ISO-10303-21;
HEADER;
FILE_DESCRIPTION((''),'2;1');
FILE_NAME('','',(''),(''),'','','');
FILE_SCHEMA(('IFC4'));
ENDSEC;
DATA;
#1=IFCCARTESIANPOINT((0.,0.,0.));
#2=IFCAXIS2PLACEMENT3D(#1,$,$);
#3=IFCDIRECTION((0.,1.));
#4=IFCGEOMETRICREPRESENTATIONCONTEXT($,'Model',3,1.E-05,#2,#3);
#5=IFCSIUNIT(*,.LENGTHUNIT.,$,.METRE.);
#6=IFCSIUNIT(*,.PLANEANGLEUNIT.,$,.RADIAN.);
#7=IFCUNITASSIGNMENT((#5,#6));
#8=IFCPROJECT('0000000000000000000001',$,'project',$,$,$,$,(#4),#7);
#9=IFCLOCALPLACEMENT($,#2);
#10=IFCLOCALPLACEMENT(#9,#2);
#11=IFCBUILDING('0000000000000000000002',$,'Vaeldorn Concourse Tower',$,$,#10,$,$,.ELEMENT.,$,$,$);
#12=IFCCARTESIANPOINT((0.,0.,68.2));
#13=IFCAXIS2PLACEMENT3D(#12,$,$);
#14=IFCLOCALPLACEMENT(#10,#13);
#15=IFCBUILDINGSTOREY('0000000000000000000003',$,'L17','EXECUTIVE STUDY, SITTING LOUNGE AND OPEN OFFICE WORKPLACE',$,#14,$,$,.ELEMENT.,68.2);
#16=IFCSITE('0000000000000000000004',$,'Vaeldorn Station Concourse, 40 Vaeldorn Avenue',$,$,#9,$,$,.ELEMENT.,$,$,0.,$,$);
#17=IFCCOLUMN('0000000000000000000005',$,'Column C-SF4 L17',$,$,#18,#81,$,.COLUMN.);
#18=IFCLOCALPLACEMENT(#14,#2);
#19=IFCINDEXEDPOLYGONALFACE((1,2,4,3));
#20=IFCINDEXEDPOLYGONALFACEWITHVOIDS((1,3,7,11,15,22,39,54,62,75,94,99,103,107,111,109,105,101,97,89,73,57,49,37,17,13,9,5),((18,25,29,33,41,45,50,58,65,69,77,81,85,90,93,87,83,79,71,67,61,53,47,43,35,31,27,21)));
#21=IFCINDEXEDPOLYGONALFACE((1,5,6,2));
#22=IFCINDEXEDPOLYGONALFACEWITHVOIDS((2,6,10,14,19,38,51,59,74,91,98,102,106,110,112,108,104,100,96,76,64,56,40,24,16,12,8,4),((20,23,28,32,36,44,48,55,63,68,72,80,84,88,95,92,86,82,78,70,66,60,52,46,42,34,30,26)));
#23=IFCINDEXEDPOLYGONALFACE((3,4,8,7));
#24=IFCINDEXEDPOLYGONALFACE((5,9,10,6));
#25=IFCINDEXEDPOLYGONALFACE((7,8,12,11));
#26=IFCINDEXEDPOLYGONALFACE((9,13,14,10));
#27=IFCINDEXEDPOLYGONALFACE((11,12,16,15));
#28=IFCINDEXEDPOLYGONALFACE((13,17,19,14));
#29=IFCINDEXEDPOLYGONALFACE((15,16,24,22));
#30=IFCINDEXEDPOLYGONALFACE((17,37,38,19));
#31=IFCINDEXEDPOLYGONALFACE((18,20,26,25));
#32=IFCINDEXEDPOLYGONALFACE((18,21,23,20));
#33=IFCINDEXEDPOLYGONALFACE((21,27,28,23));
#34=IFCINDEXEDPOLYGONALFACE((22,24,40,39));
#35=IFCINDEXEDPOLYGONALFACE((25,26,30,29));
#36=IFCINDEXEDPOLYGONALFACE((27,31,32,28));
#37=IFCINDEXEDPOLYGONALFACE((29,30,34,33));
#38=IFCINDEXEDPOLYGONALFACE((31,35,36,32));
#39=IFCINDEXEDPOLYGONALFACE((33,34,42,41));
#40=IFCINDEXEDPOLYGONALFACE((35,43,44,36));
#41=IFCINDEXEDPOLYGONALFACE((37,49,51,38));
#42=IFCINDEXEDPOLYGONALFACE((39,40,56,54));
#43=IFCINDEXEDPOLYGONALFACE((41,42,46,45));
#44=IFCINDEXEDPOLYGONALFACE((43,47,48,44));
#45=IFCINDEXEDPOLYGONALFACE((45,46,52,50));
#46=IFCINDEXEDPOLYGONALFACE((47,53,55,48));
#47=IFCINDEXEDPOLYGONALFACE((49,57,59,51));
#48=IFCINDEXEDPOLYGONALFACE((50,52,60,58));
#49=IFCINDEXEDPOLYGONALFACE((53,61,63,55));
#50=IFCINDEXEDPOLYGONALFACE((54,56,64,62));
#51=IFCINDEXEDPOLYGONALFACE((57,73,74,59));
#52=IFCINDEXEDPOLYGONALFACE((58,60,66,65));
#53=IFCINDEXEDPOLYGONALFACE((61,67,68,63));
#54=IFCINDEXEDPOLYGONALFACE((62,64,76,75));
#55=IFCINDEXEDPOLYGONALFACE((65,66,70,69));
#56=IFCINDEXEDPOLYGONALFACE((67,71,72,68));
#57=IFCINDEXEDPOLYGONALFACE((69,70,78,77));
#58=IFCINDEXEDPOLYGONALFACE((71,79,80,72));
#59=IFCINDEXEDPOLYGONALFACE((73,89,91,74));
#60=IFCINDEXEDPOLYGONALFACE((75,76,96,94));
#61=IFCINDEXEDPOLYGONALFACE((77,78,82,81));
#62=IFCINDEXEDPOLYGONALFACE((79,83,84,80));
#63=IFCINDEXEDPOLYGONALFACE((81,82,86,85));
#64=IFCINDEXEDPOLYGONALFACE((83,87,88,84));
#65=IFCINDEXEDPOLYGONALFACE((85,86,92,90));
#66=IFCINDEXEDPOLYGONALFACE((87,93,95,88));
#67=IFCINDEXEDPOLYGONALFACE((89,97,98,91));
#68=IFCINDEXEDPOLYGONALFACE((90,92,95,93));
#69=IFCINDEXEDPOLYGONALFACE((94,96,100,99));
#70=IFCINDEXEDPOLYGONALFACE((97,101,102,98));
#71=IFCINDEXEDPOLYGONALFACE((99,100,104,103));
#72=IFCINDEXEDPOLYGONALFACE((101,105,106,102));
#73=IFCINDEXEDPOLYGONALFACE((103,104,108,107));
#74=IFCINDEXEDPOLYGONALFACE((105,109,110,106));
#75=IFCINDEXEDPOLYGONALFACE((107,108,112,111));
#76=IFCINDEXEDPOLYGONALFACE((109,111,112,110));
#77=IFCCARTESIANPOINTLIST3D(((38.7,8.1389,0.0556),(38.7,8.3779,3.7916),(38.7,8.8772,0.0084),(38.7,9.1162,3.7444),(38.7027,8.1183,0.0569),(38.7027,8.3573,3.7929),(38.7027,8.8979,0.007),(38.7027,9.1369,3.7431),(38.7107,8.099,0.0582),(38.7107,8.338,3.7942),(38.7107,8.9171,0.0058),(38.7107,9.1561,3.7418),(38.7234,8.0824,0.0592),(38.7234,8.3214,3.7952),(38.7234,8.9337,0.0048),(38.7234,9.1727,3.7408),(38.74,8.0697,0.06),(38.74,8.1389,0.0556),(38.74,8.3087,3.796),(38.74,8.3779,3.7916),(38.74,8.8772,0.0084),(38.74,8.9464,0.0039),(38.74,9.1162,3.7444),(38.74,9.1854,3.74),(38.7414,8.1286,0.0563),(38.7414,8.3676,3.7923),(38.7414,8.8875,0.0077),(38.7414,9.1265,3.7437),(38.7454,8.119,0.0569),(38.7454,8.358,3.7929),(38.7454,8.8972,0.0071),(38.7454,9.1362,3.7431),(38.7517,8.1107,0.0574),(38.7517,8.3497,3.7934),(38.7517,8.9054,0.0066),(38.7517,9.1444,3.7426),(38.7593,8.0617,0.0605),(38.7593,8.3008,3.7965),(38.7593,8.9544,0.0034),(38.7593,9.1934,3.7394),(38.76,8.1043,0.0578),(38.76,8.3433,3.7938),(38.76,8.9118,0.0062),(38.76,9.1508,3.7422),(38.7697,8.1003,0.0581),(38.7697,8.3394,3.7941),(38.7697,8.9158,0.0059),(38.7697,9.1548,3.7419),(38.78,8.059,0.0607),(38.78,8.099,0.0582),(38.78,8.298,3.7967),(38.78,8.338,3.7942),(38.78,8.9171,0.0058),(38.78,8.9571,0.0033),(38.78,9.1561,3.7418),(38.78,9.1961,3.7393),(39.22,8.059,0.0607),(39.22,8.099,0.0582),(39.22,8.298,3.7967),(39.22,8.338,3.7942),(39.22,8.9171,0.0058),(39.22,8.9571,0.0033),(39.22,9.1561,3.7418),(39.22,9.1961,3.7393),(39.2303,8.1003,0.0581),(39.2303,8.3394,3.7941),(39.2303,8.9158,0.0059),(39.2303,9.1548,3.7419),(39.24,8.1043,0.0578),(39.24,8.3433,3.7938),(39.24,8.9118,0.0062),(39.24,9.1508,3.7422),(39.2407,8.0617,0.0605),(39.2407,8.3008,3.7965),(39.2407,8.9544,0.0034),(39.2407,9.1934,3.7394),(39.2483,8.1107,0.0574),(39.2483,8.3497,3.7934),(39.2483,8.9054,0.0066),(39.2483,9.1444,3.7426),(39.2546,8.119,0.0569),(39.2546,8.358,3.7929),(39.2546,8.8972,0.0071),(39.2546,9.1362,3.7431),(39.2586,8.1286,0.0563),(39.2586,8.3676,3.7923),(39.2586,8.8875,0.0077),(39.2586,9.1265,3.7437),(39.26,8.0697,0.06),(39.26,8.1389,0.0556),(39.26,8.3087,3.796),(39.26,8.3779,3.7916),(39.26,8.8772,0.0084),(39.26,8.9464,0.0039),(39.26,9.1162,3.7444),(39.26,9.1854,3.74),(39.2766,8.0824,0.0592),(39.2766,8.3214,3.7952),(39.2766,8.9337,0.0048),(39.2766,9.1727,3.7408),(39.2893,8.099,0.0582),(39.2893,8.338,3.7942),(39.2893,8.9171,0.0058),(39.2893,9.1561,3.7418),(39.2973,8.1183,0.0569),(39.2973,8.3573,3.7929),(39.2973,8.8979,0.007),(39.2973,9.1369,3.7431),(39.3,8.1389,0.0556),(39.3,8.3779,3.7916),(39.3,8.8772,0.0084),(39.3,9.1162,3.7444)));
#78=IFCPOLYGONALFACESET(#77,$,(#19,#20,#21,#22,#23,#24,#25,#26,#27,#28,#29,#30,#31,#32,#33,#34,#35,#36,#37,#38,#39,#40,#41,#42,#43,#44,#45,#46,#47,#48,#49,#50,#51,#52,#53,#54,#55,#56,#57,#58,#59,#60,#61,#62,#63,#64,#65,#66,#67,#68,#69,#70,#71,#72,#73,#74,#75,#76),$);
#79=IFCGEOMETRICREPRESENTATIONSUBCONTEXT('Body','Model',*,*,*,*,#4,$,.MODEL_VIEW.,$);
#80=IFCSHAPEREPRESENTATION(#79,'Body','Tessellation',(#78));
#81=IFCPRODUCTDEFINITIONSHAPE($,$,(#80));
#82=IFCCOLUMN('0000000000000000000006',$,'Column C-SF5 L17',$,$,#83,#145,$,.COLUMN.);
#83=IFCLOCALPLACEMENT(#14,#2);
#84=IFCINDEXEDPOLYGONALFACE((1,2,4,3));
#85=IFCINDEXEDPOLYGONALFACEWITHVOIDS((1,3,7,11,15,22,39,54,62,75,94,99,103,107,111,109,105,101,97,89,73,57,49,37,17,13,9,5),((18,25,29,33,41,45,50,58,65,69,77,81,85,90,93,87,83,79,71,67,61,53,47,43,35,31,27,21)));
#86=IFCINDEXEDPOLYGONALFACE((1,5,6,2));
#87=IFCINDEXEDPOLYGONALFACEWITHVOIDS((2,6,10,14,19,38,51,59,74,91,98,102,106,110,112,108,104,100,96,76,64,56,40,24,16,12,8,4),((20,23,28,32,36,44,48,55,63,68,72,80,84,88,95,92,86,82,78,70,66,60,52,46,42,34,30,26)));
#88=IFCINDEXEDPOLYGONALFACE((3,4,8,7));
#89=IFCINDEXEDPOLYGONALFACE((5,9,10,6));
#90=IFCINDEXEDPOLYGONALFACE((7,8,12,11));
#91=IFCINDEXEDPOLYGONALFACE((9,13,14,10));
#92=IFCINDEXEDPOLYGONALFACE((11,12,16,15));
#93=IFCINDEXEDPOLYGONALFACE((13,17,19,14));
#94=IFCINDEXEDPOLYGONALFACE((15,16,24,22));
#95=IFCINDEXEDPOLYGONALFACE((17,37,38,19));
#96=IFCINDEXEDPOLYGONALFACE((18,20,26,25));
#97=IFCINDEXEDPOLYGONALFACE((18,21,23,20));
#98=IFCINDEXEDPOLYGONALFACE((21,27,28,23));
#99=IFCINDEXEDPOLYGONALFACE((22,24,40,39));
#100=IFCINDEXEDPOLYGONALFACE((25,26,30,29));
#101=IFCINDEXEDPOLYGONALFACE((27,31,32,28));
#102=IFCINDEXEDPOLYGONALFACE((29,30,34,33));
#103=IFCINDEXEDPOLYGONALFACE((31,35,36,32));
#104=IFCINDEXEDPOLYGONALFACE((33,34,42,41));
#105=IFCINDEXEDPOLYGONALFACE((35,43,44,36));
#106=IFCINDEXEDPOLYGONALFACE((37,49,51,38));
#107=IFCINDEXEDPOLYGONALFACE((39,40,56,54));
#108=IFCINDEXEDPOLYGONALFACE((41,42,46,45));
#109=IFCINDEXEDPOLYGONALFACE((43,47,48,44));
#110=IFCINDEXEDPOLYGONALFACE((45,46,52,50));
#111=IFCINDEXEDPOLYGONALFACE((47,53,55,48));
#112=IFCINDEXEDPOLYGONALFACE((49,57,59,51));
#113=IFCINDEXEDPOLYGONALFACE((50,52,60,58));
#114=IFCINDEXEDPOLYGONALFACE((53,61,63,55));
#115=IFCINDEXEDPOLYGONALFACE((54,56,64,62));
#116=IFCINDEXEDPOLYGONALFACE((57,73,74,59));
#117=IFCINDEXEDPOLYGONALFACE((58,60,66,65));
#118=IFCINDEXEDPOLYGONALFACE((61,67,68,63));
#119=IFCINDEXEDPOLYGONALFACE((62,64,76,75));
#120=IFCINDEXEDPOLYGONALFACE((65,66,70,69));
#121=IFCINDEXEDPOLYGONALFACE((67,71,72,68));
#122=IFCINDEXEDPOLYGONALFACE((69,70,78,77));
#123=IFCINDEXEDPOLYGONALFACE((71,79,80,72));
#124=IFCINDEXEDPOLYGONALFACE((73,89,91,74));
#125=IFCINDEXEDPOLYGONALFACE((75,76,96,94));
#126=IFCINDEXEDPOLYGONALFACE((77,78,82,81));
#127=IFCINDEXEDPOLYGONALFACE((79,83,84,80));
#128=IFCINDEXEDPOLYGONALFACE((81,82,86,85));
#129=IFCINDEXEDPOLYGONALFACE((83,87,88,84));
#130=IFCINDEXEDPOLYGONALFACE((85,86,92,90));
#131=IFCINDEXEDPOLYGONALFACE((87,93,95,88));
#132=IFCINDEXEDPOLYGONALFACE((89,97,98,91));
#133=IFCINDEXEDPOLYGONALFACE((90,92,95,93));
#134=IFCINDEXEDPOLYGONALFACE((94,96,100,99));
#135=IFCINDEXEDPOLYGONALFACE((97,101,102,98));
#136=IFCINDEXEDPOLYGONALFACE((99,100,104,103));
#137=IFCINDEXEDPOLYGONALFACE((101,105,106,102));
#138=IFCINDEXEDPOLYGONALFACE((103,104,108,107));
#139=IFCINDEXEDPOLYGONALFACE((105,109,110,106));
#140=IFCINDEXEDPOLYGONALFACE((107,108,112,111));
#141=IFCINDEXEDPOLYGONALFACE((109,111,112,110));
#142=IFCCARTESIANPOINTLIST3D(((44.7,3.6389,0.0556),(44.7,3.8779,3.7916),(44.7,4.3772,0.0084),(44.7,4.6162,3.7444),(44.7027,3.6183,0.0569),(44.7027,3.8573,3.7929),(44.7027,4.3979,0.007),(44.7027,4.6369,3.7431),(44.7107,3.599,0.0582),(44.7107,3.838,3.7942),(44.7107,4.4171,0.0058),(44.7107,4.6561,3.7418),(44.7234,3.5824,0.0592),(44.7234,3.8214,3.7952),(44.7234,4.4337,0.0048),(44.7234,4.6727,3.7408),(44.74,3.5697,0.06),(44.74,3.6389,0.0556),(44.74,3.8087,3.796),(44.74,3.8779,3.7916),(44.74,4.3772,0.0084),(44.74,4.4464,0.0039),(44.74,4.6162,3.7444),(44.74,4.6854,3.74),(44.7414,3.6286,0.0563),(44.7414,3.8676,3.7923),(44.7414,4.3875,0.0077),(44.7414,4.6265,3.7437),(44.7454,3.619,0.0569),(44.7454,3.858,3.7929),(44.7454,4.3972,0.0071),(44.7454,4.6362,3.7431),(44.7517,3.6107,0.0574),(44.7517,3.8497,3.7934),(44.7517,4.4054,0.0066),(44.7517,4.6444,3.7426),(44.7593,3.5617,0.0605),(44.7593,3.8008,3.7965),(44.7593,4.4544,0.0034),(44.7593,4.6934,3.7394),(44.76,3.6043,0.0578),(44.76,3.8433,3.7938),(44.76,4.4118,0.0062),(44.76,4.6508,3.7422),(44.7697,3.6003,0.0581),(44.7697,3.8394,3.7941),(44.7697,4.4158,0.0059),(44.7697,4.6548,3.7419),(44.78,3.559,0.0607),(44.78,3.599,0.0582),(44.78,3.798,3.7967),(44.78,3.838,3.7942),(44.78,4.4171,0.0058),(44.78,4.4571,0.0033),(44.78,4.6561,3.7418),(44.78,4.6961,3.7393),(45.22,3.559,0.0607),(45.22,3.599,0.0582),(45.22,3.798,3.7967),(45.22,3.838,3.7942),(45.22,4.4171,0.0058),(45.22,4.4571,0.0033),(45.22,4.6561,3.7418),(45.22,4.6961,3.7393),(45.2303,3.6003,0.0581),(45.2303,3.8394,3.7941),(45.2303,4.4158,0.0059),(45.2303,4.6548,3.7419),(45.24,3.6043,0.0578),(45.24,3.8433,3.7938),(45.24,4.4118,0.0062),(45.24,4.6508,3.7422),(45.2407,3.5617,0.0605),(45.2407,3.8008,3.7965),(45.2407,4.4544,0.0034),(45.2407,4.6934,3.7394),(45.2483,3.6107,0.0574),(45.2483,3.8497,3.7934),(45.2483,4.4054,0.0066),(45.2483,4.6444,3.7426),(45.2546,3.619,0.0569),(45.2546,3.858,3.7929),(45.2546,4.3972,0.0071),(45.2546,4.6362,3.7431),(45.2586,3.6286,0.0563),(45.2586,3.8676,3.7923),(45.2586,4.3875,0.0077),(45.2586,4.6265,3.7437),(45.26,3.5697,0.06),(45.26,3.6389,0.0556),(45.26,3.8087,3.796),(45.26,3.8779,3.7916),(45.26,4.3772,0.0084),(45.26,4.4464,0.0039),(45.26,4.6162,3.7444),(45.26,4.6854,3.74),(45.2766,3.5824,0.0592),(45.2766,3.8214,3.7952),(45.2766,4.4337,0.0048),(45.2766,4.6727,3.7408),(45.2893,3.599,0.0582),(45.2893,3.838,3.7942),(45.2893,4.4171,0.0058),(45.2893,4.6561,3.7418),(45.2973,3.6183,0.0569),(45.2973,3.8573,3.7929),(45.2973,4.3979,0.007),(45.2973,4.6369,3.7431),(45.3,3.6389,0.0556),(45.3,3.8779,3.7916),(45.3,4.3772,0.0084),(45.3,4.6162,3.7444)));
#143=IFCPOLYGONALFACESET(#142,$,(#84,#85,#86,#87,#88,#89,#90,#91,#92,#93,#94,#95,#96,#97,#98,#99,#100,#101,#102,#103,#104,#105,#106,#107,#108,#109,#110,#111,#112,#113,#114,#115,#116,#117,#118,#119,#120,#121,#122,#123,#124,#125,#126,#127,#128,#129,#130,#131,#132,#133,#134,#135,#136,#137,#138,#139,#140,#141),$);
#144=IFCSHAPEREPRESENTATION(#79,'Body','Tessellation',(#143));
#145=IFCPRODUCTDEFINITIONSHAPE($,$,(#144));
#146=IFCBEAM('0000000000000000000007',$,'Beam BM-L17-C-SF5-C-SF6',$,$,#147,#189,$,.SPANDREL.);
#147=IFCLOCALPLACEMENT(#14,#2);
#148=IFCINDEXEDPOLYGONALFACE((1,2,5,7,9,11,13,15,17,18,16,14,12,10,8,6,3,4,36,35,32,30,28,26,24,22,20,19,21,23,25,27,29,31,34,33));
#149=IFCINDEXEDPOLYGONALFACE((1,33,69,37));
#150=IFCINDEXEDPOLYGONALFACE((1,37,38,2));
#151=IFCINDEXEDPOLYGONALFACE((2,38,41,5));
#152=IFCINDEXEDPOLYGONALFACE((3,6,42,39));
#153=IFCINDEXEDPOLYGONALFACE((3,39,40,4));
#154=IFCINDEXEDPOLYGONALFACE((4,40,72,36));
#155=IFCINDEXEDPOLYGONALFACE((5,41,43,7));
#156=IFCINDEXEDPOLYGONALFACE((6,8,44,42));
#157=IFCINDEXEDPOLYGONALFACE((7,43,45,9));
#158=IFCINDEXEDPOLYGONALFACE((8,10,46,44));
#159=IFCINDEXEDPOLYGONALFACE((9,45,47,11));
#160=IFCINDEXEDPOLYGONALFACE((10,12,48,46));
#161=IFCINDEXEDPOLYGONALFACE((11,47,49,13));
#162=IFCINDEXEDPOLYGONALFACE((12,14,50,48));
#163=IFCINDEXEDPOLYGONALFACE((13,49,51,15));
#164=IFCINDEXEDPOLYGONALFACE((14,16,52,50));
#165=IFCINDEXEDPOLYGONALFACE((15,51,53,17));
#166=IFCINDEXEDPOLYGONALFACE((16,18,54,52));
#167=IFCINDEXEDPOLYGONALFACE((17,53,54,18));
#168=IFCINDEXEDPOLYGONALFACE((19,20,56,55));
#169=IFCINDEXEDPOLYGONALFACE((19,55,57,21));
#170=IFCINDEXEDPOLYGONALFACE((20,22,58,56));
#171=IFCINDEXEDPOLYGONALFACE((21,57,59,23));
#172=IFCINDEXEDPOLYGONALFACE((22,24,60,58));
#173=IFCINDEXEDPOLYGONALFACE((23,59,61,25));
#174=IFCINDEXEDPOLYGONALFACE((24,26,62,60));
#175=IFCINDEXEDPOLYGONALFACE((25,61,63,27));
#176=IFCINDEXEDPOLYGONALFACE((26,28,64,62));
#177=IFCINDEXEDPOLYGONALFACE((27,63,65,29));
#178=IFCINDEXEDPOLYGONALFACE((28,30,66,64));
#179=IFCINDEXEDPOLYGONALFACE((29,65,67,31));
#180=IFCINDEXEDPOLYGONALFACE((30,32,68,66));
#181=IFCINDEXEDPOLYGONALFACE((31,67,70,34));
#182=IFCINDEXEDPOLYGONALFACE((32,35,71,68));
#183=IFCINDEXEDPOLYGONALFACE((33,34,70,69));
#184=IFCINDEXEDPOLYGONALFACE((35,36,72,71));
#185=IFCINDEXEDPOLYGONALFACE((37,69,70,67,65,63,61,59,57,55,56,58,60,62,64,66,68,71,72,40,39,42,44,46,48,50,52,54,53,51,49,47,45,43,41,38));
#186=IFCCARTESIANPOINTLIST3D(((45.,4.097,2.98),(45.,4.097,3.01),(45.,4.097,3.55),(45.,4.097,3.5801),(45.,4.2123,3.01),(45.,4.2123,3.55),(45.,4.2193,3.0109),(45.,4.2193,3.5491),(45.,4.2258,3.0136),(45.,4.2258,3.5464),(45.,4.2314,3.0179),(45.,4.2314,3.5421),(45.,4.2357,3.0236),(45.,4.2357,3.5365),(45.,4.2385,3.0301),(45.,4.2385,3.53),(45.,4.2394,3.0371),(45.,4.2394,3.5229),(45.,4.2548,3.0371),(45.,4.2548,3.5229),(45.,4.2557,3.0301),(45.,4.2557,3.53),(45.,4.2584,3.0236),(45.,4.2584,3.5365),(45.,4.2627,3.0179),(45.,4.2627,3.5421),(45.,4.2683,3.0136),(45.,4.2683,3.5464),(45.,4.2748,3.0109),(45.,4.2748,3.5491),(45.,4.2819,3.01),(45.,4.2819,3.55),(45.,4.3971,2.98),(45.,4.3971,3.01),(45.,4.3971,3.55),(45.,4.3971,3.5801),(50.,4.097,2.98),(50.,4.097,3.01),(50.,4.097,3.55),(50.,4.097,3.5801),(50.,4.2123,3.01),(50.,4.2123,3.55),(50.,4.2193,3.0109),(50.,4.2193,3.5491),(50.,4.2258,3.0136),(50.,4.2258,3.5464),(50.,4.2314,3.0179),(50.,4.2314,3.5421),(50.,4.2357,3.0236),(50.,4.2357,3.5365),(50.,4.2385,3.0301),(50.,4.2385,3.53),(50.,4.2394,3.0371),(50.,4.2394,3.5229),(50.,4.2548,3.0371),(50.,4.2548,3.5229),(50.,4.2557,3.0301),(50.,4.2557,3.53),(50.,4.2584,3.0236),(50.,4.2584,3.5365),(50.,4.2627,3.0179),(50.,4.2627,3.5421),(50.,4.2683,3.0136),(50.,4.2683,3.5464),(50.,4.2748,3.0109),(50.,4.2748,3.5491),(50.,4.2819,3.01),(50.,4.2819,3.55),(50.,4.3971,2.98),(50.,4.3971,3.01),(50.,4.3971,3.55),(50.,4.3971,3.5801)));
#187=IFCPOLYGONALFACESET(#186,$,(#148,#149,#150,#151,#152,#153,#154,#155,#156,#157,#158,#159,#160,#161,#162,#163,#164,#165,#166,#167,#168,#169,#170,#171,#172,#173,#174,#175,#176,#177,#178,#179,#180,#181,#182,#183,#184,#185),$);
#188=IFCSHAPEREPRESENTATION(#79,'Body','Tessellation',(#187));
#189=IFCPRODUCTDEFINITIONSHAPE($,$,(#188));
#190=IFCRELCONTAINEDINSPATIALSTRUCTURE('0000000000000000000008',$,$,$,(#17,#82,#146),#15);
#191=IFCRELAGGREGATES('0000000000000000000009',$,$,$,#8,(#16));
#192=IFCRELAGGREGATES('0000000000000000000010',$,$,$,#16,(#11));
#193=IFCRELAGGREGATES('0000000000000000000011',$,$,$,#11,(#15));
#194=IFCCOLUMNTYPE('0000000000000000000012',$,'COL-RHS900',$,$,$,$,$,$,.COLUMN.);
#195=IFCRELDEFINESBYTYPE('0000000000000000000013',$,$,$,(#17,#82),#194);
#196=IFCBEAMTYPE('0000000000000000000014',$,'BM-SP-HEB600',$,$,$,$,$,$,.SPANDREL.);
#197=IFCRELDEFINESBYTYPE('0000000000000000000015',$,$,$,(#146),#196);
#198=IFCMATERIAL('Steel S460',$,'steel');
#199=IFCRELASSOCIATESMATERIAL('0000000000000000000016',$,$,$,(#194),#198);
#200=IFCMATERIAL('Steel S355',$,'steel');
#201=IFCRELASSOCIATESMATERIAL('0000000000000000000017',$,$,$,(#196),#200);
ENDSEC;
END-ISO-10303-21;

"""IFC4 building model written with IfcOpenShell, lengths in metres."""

from ifc_helpers import new_model, si_unit, direction, frame, origin, origin_2d, place, context, subcontext, project, spatial, hollow_rectangle, i_section, extrude, source, transform, mapped, material, material_profile, profile_set, type_object, element, save


model = new_model("IFC4")

# Units and contexts
model_context = context("Model", 3, precision=1e-05, world=origin(), true_north=direction((0.0, 1.0)))
body_context = subcontext(model_context, "Body", "Model", "MODEL_VIEW")
ifc_project = project(units=[si_unit("LENGTHUNIT", "METRE"), si_unit("PLANEANGLEUNIT", "RADIAN")], contexts=[model_context])

# Site, building, storey
site_placement = place(None, origin())
site = spatial("IfcSite", under=ifc_project, at=site_placement, Name="Vaeldorn Station Concourse, 40 Vaeldorn Avenue", CompositionType="ELEMENT", RefElevation=0.0)
building_placement = place(site_placement, origin())
building = spatial("IfcBuilding", under=site, at=building_placement, Name="Vaeldorn Concourse Tower", CompositionType="ELEMENT")
storey_placement = place(building_placement, frame((0.0, 0.0, 68.2)))
storey = spatial("IfcBuildingStorey", under=building, at=storey_placement, Name="L17", Description="EXECUTIVE STUDY, SITTING LOUNGE AND OPEN OFFICE WORKPLACE", CompositionType="ELEMENT", Elevation=68.2)

# Columns
ifc_material_1 = material(Name="Steel S460", Category="steel")
ifc_material_profile_1 = material_profile(ifc_material_1, hollow_rectangle(XDim=0.6001, YDim=0.8999, WallThickness=0.04, InnerFilletRadius=0.04, OuterFilletRadius=0.0801, at=origin_2d()), Name="RHS 900x600x40")
ifc_profile_set_1 = profile_set([ifc_material_profile_1], Name="Steel S460")
column_type = type_object("IfcColumnType", Name="COL-RHS900", PredefinedType="COLUMN", material=ifc_profile_set_1)
shared_shape_1 = source(origin(), body_context, "Body", "SweptSolid", [
    extrude(hollow_rectangle(XDim=0.6001, YDim=0.8999, WallThickness=0.04, InnerFilletRadius=0.04, OuterFilletRadius=0.0801, at=origin_2d()), origin(), (0.0, 0.0, 1.0), 3.7437),
])
for number, where, z_axis, x_axis, name in (
    (1, (39.0, 8.5081, 0.032), (0.0, 0.063844, 0.99796), (-1.0, 0.0, 0.0), "Column C-SF4 L17"),
    (2, (45.0, 4.0081, 0.032), (0.0, 0.063844, 0.99796), (-1.0, 0.0, 0.0), "Column C-SF5 L17"),
):
    element("IfcColumn", number, at=place(storey_placement, frame(where, z_axis=z_axis, x_axis=x_axis)), inside=storey, type_object=column_type, Name=name, PredefinedType="COLUMN", context=body_context, shape_type="MappedRepresentation", body=[
        mapped(shared_shape_1, transform((0.0, 0.0, 0.0), scale=1.0)),
    ])

# Beam
ifc_material_2 = material(Name="Steel S355", Category="steel")
ifc_material_profile_2 = material_profile(ifc_material_2, i_section(OverallWidth=0.3, OverallDepth=0.6001, WebThickness=0.0154, FlangeThickness=0.03, FilletRadius=0.0271, at=origin_2d()), Name="HEB 600")
ifc_profile_set_2 = profile_set([ifc_material_profile_2], Name="Steel S355")
beam_type_1 = type_object("IfcBeamType", Name="BM-SP-HEB600", PredefinedType="SPANDREL", material=ifc_profile_set_2)
shared_shape_2 = source(origin(), body_context, "Body", "SweptSolid", [
    extrude(i_section(OverallWidth=0.3, OverallDepth=0.6001, WebThickness=0.0154, FlangeThickness=0.03, FilletRadius=0.0271, at=origin_2d()), origin(), (0.0, 0.0, 1.0), 5.0),
])
beam_1_placement = place(storey_placement, frame((45.0, 4.2471, 3.28), z_axis=(1.0, 0.0, 0.0), x_axis=(0.0, 1.0, 0.0)))
element("IfcBeam", 3, at=beam_1_placement, inside=storey, type_object=beam_type_1, Name="Beam BM-L17-C-SF5-C-SF6", PredefinedType="SPANDREL", context=body_context, shape_type="MappedRepresentation", body=[
    mapped(shared_shape_2, transform((0.0, 0.0, 0.0), scale=1.0)),
])

save(model, "model.ifc")
